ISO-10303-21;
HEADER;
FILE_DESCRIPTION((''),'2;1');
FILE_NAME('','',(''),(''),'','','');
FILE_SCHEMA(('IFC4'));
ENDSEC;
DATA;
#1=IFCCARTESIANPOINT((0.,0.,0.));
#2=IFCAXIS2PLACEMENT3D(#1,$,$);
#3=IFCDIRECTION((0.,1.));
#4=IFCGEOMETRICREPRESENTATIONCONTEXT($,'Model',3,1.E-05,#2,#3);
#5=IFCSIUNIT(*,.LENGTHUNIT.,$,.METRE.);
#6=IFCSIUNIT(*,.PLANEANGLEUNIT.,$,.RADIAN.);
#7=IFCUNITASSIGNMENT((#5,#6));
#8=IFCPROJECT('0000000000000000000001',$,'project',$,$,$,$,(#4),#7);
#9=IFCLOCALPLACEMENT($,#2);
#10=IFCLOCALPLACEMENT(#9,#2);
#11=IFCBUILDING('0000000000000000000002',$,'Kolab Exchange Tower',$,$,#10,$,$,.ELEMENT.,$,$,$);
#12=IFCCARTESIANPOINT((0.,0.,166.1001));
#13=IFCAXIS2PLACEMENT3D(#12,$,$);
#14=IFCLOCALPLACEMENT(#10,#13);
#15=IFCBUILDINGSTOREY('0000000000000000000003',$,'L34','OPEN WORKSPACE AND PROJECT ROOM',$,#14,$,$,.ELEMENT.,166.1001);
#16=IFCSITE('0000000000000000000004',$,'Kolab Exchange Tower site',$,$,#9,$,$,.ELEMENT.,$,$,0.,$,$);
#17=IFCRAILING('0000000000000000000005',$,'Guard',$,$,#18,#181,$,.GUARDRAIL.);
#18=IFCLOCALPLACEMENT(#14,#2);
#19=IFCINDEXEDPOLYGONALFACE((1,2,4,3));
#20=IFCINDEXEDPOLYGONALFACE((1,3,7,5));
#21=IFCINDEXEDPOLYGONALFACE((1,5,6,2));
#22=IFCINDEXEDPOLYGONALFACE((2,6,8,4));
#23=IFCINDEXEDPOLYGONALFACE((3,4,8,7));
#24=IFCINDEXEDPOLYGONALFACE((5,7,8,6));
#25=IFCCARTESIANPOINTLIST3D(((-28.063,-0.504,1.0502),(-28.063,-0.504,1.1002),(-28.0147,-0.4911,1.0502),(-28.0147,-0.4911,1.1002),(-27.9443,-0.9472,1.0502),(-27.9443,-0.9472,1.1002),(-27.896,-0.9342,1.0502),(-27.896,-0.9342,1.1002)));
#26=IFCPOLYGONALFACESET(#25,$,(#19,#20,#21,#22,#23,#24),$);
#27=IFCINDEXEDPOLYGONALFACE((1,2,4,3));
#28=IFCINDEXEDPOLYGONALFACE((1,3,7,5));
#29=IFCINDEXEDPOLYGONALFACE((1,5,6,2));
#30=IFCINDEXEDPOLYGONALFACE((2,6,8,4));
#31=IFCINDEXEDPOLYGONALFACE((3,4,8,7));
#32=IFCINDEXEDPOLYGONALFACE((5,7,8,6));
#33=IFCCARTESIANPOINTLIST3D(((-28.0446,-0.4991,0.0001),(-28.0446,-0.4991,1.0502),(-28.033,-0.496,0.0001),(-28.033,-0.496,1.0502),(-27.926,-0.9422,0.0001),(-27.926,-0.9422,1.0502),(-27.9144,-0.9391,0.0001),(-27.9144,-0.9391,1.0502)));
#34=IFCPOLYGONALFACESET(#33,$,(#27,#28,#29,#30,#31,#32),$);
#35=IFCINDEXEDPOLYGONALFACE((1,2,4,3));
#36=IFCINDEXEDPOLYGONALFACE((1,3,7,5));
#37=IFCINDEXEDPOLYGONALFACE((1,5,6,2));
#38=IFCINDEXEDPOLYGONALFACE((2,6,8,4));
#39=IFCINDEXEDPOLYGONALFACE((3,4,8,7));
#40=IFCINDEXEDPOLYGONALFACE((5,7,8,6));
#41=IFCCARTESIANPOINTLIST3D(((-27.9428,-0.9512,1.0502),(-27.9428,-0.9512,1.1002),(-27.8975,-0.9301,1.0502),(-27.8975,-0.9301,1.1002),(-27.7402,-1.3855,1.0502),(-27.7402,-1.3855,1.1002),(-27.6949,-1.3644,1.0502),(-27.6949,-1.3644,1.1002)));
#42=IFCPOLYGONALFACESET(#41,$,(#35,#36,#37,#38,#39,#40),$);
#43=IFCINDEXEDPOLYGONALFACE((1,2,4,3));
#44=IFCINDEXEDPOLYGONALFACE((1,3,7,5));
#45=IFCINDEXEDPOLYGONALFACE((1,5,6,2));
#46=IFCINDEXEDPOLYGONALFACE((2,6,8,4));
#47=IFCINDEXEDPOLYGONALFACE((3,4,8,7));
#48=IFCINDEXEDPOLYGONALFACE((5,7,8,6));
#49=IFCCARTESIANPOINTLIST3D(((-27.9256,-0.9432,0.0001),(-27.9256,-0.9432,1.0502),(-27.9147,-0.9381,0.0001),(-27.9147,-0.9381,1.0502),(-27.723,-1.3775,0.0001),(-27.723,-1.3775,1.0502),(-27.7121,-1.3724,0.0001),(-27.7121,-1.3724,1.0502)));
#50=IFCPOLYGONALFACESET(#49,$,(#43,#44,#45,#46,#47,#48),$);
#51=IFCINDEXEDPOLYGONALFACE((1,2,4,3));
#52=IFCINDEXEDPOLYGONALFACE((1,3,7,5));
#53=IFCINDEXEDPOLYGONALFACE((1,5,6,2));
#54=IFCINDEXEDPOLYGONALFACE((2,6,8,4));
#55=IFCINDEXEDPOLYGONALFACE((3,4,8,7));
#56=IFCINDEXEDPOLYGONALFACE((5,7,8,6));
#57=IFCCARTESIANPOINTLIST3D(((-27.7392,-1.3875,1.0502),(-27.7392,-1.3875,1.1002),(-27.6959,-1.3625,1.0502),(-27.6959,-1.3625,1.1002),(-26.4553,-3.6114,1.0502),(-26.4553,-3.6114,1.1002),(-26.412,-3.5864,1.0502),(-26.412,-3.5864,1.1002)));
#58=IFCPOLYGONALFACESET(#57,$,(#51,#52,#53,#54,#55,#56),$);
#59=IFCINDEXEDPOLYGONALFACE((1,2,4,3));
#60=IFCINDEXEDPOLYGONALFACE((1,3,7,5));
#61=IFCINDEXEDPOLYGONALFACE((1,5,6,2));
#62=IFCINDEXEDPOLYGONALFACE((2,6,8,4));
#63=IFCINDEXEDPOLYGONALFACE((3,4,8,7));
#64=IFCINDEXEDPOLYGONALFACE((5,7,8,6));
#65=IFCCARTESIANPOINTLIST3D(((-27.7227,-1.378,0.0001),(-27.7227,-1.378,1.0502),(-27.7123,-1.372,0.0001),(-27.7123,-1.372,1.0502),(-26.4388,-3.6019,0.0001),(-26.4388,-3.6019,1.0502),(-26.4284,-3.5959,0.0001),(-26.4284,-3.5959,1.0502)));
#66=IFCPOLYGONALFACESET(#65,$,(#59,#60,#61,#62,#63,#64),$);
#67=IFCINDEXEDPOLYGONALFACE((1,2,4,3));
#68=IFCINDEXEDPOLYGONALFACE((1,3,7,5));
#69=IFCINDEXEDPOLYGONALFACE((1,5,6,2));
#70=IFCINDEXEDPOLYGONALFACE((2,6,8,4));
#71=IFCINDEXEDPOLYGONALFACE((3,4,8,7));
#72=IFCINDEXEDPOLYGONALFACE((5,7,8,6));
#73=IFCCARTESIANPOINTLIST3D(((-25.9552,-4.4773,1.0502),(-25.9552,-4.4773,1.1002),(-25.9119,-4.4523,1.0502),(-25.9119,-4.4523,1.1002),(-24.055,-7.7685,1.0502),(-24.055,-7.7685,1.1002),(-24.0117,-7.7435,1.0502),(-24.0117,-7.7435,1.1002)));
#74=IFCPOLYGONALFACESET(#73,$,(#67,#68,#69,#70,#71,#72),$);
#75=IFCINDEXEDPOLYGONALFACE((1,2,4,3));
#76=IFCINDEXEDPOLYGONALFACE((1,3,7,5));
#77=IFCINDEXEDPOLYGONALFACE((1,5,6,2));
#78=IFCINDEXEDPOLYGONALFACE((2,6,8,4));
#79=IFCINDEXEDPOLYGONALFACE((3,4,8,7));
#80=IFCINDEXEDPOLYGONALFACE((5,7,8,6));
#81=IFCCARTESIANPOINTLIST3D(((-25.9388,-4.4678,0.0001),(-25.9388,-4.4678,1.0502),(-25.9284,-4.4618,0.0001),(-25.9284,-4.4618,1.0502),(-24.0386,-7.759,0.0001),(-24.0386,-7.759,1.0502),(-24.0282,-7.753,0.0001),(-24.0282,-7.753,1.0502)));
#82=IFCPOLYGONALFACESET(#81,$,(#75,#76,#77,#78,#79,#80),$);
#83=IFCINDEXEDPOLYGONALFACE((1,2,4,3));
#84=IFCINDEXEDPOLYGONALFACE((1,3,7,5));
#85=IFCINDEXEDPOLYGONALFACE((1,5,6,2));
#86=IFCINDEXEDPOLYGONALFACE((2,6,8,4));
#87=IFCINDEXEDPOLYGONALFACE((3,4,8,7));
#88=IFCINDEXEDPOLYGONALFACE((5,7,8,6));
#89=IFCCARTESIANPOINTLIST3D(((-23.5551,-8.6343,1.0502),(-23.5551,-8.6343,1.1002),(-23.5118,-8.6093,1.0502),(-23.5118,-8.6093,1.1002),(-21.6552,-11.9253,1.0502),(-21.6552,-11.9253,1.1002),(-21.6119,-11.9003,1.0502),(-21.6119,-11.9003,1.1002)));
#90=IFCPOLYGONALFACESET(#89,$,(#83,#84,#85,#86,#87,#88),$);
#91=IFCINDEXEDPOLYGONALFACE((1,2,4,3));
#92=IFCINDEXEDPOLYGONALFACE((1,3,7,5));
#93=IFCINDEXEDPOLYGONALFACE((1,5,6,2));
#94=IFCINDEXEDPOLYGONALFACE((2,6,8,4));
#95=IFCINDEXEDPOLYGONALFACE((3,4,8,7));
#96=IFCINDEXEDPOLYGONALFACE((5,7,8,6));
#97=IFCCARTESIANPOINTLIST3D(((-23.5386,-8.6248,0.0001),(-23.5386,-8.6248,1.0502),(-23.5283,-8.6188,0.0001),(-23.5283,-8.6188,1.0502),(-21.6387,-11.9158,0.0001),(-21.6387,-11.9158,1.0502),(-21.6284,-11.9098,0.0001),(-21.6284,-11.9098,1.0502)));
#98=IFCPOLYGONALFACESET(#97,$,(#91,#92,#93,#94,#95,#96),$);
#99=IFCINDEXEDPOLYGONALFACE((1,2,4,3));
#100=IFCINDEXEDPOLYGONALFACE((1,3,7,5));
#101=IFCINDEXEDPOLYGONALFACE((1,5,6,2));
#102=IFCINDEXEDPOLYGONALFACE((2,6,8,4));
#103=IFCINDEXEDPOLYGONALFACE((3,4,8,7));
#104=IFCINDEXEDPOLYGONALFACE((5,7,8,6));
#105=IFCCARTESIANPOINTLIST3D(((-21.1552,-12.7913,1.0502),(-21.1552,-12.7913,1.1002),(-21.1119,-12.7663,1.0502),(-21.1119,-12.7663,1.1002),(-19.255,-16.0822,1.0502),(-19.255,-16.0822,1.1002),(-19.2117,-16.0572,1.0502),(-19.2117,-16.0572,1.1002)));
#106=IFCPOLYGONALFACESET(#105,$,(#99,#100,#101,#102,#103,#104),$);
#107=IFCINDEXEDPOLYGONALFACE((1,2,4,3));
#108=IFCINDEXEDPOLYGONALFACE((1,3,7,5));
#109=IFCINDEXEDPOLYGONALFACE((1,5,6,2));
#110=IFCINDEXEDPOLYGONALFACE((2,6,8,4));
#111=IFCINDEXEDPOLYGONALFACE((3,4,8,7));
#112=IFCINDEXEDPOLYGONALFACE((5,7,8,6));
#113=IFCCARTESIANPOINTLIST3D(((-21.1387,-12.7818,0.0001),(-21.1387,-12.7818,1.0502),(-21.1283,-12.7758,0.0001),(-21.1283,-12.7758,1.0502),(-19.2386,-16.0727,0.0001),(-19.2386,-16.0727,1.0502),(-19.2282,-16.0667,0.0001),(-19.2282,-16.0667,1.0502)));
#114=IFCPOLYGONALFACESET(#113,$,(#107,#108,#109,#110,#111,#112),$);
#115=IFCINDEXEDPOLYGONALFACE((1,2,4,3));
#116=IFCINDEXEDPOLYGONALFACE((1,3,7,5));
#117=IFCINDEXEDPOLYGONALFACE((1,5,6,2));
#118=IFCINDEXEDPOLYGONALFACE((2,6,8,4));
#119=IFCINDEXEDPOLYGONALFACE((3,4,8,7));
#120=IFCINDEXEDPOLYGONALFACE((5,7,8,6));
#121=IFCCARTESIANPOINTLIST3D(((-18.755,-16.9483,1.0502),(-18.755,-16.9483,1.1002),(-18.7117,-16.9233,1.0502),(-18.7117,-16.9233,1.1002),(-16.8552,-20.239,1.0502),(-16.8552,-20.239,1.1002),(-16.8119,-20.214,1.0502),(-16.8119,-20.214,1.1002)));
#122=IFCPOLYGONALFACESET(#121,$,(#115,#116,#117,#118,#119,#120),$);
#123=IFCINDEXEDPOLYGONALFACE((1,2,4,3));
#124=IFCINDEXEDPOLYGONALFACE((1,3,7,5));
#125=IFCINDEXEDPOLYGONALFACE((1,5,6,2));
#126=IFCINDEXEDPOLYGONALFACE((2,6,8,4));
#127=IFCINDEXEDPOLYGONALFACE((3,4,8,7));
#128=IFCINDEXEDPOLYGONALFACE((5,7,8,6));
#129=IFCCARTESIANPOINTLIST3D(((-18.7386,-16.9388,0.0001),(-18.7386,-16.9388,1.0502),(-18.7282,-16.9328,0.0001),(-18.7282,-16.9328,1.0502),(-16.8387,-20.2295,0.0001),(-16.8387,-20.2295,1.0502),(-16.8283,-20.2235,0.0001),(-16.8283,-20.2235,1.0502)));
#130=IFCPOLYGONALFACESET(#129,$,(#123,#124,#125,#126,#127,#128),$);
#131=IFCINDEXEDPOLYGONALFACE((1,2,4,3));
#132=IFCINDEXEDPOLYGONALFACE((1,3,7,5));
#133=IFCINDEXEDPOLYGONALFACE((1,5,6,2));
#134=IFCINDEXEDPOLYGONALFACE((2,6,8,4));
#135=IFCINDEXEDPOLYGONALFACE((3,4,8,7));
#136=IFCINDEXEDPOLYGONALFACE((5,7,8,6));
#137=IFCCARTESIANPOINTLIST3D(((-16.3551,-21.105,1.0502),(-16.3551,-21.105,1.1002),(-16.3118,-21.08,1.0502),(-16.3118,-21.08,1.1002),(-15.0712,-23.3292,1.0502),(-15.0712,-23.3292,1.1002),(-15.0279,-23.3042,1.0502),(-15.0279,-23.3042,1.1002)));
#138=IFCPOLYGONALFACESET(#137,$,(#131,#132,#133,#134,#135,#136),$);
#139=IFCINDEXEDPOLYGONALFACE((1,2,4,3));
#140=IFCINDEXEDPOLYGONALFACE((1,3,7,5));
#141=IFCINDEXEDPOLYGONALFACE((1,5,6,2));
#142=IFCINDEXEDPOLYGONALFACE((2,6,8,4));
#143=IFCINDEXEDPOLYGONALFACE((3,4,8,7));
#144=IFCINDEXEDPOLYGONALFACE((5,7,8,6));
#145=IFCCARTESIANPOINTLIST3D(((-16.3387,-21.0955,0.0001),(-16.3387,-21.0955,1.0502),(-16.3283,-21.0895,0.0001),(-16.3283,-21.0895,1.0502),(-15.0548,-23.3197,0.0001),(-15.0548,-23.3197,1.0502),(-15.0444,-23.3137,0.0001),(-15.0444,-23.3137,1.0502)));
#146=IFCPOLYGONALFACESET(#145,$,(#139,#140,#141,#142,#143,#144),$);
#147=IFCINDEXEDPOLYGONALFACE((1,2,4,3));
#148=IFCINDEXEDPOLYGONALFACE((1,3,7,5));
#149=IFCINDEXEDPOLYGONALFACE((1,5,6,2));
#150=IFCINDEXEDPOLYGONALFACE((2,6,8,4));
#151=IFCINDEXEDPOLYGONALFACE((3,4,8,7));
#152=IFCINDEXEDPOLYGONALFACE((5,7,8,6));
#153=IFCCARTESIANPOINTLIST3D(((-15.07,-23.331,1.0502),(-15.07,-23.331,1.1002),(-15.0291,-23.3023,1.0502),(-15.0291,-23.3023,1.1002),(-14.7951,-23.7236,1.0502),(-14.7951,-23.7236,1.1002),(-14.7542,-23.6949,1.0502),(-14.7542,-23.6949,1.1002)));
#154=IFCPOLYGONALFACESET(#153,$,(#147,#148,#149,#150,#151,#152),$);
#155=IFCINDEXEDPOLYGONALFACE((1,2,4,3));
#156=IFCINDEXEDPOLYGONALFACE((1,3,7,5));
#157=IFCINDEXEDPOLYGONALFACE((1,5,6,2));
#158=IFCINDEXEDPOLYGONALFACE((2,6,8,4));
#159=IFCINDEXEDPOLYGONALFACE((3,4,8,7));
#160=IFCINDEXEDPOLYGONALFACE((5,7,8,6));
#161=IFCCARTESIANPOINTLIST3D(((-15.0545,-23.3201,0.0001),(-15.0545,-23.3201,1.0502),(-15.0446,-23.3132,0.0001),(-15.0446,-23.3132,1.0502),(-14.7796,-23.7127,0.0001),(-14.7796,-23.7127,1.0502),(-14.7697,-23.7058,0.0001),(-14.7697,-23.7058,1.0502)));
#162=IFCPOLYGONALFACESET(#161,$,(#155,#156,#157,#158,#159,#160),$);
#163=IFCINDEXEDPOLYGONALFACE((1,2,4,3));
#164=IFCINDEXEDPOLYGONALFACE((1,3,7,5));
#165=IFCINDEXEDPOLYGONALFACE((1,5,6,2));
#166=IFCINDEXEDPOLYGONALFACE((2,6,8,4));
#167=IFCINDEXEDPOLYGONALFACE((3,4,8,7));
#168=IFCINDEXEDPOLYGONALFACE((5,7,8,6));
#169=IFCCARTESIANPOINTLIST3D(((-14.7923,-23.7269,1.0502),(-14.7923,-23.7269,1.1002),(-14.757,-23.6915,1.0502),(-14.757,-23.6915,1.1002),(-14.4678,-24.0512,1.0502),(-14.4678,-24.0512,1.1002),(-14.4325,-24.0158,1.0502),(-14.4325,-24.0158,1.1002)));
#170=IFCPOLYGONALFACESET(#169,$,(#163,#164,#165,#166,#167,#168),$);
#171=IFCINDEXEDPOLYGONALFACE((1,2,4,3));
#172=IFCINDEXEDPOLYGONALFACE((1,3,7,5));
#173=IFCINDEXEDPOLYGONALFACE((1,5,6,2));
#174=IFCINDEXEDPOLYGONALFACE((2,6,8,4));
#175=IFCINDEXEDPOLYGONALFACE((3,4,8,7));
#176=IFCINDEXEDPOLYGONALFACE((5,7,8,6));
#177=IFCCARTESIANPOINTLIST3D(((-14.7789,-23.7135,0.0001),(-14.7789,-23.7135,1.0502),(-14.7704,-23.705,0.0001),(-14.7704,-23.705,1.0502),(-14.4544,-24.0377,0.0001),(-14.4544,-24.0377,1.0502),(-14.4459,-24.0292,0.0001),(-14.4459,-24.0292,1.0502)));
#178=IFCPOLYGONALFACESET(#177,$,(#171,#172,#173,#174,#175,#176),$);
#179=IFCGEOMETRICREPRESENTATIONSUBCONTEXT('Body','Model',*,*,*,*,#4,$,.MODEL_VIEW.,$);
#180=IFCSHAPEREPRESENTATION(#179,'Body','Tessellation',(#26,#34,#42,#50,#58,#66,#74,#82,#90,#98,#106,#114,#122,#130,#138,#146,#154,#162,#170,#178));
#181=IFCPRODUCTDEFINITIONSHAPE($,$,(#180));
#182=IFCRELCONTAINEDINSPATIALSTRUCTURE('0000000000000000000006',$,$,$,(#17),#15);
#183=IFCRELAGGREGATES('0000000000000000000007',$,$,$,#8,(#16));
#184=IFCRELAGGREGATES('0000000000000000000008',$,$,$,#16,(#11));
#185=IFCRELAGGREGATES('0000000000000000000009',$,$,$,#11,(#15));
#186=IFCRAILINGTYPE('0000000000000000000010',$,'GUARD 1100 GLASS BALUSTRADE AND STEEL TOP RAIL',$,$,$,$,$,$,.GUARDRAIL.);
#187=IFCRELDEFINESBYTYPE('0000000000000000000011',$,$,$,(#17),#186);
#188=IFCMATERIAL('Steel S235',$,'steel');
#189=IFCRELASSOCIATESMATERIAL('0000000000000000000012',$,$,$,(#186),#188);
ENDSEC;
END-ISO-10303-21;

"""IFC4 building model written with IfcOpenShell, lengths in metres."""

from ifc_helpers import new_model, si_unit, direction, frame, frame_2d, origin, origin_2d, place, context, subcontext, project, spatial, rectangle, extrude, material, type_object, element, save


model = new_model("IFC4")

# Units and contexts
model_context = context("Model", 3, precision=1e-05, world=origin(), true_north=direction((0.0, 1.0)))
body_context = subcontext(model_context, "Body", "Model", "MODEL_VIEW")
ifc_project = project(units=[si_unit("LENGTHUNIT", "METRE"), si_unit("PLANEANGLEUNIT", "RADIAN")], contexts=[model_context])

# Site, building, storey
site_placement = place(None, origin())
site = spatial("IfcSite", under=ifc_project, at=site_placement, Name="Kolab Exchange Tower site", CompositionType="ELEMENT", RefElevation=0.0)
building_placement = place(site_placement, origin())
building = spatial("IfcBuilding", under=site, at=building_placement, Name="Kolab Exchange Tower", CompositionType="ELEMENT")
storey_placement = place(building_placement, frame((0.0, 0.0, 166.1001)))
storey = spatial("IfcBuildingStorey", under=building, at=storey_placement, Name="L34", Description="OPEN WORKSPACE AND PROJECT ROOM", CompositionType="ELEMENT", Elevation=166.1001)

# Shared definitions
ifc_material_1 = material(Name="Steel S235", Category="steel")

# Railing
railing_type = type_object("IfcRailingType", Name="GUARD 1100 GLASS BALUSTRADE AND STEEL TOP RAIL", PredefinedType="GUARDRAIL", material=ifc_material_1)
railing_placement = place(storey_placement, frame((-28.0388, -0.4976, 0.0)))
element("IfcRailing", 1, at=railing_placement, inside=storey, type_object=railing_type, Name="Guard", PredefinedType="GUARDRAIL", context=body_context, shape_type="SweptSolid", body=[
    extrude(rectangle(XDim=0.05, YDim=0.05, at=origin_2d()), frame((0.0, 0.0, 1.0752), z_axis=(0.258656, -0.965969, 0.0), x_axis=(0.965969, 0.258656, 0.0)), (0.0, 0.0, 1.0), 0.4587),
    extrude(rectangle(XDim=0.012, YDim=1.0501, at=frame_2d((0.0, 0.5251))), frame((0.0, 0.0, 0.0), z_axis=(0.258656, -0.965969, 0.0), x_axis=(0.965969, 0.258656, 0.0)), (0.0, 0.0, 1.0), 0.4587),
    extrude(rectangle(XDim=0.05, YDim=0.05, at=origin_2d()), frame((0.1187, -0.4431, 1.0752), z_axis=(0.422802, -0.906222, 0.0), x_axis=(0.906222, 0.422802, 0.0)), (0.0, 0.0, 1.0), 0.4792),
    extrude(rectangle(XDim=0.012, YDim=1.0501, at=frame_2d((0.0, 0.5251))), frame((0.1187, -0.4431, 0.0), z_axis=(0.422802, -0.906222, 0.0), x_axis=(0.906222, 0.422802, 0.0)), (0.0, 0.0, 1.0), 0.4792),
    extrude(rectangle(XDim=0.05, YDim=0.05, at=origin_2d()), frame((0.3213, -0.8774, 1.0752), z_axis=(0.499994, -0.866029, 0.0), x_axis=(0.866029, 0.499994, 0.0)), (0.0, 0.0, 1.0), 2.5679),
    extrude(rectangle(XDim=0.012, YDim=1.0501, at=frame_2d((0.0, 0.5251))), frame((0.3213, -0.8774, 0.0), z_axis=(0.499994, -0.866029, 0.0), x_axis=(0.866029, 0.499994, 0.0)), (0.0, 0.0, 1.0), 2.5679),
    extrude(rectangle(XDim=0.05, YDim=0.05, at=origin_2d()), frame((2.1052, -3.9673, 1.0752), z_axis=(0.500015, -0.866017, 0.0), x_axis=(0.866017, 0.500015, 0.0)), (0.0, 0.0, 1.0), 3.8003),
    extrude(rectangle(XDim=0.012, YDim=1.0501, at=frame_2d((0.0, 0.5251))), frame((2.1052, -3.9673, 0.0), z_axis=(0.500015, -0.866017, 0.0), x_axis=(0.866017, 0.500015, 0.0)), (0.0, 0.0, 1.0), 3.8003),
    extrude(rectangle(XDim=0.05, YDim=0.05, at=origin_2d()), frame((4.5054, -8.1243, 1.0752), z_axis=(0.499967, -0.866044, 0.0), x_axis=(0.866044, 0.499967, 0.0)), (0.0, 0.0, 1.0), 3.8),
    extrude(rectangle(XDim=0.012, YDim=1.0501, at=frame_2d((0.0, 0.5251))), frame((4.5054, -8.1243, 0.0), z_axis=(0.499967, -0.866044, 0.0), x_axis=(0.866044, 0.499967, 0.0)), (0.0, 0.0, 1.0), 3.8),
    extrude(rectangle(XDim=0.05, YDim=0.05, at=origin_2d()), frame((6.9053, -12.2812, 1.0752), z_axis=(0.500043, -0.866, 0.0), x_axis=(0.866, 0.500043, 0.0)), (0.0, 0.0, 1.0), 3.8),
    extrude(rectangle(XDim=0.012, YDim=1.0501, at=frame_2d((0.0, 0.5251))), frame((6.9053, -12.2812, 0.0), z_axis=(0.500043, -0.866, 0.0), x_axis=(0.866, 0.500043, 0.0)), (0.0, 0.0, 1.0), 3.8),
    extrude(rectangle(XDim=0.05, YDim=0.05, at=origin_2d()), frame((9.3054, -16.4382, 1.0752), z_axis=(0.499995, -0.866028, 0.0), x_axis=(0.866028, 0.499995, 0.0)), (0.0, 0.0, 1.0), 3.7998),
    extrude(rectangle(XDim=0.012, YDim=1.0501, at=frame_2d((0.0, 0.5251))), frame((9.3054, -16.4382, 0.0), z_axis=(0.499995, -0.866028, 0.0), x_axis=(0.866028, 0.499995, 0.0)), (0.0, 0.0, 1.0), 3.7998),
    extrude(rectangle(XDim=0.05, YDim=0.05, at=origin_2d()), frame((11.7053, -20.595, 1.0752), z_axis=(0.499953, -0.866053, 0.0), x_axis=(0.866053, 0.499953, 0.0)), (0.0, 0.0, 1.0), 2.5681),
    extrude(rectangle(XDim=0.012, YDim=1.0501, at=frame_2d((0.0, 0.5251))), frame((11.7053, -20.595, 0.0), z_axis=(0.499953, -0.866053, 0.0), x_axis=(0.866053, 0.499953, 0.0)), (0.0, 0.0, 1.0), 2.5681),
    extrude(rectangle(XDim=0.05, YDim=0.05, at=origin_2d()), frame((12.9893, -22.8191, 1.0752), z_axis=(0.573599, -0.819136, 0.0), x_axis=(0.819136, 0.573599, 0.0)), (0.0, 0.0, 1.0), 0.4792),
    extrude(rectangle(XDim=0.012, YDim=1.0501, at=frame_2d((0.0, 0.5251))), frame((12.9893, -22.8191, 0.0), z_axis=(0.573599, -0.819136, 0.0), x_axis=(0.819136, 0.573599, 0.0)), (0.0, 0.0, 1.0), 0.4792),
    extrude(rectangle(XDim=0.05, YDim=0.05, at=origin_2d()), frame((13.2642, -23.2117, 1.0752), z_axis=(0.707373, -0.706841, 0.0), x_axis=(0.706841, 0.707373, 0.0)), (0.0, 0.0, 1.0), 0.4587),
    extrude(rectangle(XDim=0.012, YDim=1.0501, at=frame_2d((0.0, 0.5251))), frame((13.2642, -23.2117, 0.0), z_axis=(0.707373, -0.706841, 0.0), x_axis=(0.706841, 0.707373, 0.0)), (0.0, 0.0, 1.0), 0.4587),
])

save(model, "model.ifc")
